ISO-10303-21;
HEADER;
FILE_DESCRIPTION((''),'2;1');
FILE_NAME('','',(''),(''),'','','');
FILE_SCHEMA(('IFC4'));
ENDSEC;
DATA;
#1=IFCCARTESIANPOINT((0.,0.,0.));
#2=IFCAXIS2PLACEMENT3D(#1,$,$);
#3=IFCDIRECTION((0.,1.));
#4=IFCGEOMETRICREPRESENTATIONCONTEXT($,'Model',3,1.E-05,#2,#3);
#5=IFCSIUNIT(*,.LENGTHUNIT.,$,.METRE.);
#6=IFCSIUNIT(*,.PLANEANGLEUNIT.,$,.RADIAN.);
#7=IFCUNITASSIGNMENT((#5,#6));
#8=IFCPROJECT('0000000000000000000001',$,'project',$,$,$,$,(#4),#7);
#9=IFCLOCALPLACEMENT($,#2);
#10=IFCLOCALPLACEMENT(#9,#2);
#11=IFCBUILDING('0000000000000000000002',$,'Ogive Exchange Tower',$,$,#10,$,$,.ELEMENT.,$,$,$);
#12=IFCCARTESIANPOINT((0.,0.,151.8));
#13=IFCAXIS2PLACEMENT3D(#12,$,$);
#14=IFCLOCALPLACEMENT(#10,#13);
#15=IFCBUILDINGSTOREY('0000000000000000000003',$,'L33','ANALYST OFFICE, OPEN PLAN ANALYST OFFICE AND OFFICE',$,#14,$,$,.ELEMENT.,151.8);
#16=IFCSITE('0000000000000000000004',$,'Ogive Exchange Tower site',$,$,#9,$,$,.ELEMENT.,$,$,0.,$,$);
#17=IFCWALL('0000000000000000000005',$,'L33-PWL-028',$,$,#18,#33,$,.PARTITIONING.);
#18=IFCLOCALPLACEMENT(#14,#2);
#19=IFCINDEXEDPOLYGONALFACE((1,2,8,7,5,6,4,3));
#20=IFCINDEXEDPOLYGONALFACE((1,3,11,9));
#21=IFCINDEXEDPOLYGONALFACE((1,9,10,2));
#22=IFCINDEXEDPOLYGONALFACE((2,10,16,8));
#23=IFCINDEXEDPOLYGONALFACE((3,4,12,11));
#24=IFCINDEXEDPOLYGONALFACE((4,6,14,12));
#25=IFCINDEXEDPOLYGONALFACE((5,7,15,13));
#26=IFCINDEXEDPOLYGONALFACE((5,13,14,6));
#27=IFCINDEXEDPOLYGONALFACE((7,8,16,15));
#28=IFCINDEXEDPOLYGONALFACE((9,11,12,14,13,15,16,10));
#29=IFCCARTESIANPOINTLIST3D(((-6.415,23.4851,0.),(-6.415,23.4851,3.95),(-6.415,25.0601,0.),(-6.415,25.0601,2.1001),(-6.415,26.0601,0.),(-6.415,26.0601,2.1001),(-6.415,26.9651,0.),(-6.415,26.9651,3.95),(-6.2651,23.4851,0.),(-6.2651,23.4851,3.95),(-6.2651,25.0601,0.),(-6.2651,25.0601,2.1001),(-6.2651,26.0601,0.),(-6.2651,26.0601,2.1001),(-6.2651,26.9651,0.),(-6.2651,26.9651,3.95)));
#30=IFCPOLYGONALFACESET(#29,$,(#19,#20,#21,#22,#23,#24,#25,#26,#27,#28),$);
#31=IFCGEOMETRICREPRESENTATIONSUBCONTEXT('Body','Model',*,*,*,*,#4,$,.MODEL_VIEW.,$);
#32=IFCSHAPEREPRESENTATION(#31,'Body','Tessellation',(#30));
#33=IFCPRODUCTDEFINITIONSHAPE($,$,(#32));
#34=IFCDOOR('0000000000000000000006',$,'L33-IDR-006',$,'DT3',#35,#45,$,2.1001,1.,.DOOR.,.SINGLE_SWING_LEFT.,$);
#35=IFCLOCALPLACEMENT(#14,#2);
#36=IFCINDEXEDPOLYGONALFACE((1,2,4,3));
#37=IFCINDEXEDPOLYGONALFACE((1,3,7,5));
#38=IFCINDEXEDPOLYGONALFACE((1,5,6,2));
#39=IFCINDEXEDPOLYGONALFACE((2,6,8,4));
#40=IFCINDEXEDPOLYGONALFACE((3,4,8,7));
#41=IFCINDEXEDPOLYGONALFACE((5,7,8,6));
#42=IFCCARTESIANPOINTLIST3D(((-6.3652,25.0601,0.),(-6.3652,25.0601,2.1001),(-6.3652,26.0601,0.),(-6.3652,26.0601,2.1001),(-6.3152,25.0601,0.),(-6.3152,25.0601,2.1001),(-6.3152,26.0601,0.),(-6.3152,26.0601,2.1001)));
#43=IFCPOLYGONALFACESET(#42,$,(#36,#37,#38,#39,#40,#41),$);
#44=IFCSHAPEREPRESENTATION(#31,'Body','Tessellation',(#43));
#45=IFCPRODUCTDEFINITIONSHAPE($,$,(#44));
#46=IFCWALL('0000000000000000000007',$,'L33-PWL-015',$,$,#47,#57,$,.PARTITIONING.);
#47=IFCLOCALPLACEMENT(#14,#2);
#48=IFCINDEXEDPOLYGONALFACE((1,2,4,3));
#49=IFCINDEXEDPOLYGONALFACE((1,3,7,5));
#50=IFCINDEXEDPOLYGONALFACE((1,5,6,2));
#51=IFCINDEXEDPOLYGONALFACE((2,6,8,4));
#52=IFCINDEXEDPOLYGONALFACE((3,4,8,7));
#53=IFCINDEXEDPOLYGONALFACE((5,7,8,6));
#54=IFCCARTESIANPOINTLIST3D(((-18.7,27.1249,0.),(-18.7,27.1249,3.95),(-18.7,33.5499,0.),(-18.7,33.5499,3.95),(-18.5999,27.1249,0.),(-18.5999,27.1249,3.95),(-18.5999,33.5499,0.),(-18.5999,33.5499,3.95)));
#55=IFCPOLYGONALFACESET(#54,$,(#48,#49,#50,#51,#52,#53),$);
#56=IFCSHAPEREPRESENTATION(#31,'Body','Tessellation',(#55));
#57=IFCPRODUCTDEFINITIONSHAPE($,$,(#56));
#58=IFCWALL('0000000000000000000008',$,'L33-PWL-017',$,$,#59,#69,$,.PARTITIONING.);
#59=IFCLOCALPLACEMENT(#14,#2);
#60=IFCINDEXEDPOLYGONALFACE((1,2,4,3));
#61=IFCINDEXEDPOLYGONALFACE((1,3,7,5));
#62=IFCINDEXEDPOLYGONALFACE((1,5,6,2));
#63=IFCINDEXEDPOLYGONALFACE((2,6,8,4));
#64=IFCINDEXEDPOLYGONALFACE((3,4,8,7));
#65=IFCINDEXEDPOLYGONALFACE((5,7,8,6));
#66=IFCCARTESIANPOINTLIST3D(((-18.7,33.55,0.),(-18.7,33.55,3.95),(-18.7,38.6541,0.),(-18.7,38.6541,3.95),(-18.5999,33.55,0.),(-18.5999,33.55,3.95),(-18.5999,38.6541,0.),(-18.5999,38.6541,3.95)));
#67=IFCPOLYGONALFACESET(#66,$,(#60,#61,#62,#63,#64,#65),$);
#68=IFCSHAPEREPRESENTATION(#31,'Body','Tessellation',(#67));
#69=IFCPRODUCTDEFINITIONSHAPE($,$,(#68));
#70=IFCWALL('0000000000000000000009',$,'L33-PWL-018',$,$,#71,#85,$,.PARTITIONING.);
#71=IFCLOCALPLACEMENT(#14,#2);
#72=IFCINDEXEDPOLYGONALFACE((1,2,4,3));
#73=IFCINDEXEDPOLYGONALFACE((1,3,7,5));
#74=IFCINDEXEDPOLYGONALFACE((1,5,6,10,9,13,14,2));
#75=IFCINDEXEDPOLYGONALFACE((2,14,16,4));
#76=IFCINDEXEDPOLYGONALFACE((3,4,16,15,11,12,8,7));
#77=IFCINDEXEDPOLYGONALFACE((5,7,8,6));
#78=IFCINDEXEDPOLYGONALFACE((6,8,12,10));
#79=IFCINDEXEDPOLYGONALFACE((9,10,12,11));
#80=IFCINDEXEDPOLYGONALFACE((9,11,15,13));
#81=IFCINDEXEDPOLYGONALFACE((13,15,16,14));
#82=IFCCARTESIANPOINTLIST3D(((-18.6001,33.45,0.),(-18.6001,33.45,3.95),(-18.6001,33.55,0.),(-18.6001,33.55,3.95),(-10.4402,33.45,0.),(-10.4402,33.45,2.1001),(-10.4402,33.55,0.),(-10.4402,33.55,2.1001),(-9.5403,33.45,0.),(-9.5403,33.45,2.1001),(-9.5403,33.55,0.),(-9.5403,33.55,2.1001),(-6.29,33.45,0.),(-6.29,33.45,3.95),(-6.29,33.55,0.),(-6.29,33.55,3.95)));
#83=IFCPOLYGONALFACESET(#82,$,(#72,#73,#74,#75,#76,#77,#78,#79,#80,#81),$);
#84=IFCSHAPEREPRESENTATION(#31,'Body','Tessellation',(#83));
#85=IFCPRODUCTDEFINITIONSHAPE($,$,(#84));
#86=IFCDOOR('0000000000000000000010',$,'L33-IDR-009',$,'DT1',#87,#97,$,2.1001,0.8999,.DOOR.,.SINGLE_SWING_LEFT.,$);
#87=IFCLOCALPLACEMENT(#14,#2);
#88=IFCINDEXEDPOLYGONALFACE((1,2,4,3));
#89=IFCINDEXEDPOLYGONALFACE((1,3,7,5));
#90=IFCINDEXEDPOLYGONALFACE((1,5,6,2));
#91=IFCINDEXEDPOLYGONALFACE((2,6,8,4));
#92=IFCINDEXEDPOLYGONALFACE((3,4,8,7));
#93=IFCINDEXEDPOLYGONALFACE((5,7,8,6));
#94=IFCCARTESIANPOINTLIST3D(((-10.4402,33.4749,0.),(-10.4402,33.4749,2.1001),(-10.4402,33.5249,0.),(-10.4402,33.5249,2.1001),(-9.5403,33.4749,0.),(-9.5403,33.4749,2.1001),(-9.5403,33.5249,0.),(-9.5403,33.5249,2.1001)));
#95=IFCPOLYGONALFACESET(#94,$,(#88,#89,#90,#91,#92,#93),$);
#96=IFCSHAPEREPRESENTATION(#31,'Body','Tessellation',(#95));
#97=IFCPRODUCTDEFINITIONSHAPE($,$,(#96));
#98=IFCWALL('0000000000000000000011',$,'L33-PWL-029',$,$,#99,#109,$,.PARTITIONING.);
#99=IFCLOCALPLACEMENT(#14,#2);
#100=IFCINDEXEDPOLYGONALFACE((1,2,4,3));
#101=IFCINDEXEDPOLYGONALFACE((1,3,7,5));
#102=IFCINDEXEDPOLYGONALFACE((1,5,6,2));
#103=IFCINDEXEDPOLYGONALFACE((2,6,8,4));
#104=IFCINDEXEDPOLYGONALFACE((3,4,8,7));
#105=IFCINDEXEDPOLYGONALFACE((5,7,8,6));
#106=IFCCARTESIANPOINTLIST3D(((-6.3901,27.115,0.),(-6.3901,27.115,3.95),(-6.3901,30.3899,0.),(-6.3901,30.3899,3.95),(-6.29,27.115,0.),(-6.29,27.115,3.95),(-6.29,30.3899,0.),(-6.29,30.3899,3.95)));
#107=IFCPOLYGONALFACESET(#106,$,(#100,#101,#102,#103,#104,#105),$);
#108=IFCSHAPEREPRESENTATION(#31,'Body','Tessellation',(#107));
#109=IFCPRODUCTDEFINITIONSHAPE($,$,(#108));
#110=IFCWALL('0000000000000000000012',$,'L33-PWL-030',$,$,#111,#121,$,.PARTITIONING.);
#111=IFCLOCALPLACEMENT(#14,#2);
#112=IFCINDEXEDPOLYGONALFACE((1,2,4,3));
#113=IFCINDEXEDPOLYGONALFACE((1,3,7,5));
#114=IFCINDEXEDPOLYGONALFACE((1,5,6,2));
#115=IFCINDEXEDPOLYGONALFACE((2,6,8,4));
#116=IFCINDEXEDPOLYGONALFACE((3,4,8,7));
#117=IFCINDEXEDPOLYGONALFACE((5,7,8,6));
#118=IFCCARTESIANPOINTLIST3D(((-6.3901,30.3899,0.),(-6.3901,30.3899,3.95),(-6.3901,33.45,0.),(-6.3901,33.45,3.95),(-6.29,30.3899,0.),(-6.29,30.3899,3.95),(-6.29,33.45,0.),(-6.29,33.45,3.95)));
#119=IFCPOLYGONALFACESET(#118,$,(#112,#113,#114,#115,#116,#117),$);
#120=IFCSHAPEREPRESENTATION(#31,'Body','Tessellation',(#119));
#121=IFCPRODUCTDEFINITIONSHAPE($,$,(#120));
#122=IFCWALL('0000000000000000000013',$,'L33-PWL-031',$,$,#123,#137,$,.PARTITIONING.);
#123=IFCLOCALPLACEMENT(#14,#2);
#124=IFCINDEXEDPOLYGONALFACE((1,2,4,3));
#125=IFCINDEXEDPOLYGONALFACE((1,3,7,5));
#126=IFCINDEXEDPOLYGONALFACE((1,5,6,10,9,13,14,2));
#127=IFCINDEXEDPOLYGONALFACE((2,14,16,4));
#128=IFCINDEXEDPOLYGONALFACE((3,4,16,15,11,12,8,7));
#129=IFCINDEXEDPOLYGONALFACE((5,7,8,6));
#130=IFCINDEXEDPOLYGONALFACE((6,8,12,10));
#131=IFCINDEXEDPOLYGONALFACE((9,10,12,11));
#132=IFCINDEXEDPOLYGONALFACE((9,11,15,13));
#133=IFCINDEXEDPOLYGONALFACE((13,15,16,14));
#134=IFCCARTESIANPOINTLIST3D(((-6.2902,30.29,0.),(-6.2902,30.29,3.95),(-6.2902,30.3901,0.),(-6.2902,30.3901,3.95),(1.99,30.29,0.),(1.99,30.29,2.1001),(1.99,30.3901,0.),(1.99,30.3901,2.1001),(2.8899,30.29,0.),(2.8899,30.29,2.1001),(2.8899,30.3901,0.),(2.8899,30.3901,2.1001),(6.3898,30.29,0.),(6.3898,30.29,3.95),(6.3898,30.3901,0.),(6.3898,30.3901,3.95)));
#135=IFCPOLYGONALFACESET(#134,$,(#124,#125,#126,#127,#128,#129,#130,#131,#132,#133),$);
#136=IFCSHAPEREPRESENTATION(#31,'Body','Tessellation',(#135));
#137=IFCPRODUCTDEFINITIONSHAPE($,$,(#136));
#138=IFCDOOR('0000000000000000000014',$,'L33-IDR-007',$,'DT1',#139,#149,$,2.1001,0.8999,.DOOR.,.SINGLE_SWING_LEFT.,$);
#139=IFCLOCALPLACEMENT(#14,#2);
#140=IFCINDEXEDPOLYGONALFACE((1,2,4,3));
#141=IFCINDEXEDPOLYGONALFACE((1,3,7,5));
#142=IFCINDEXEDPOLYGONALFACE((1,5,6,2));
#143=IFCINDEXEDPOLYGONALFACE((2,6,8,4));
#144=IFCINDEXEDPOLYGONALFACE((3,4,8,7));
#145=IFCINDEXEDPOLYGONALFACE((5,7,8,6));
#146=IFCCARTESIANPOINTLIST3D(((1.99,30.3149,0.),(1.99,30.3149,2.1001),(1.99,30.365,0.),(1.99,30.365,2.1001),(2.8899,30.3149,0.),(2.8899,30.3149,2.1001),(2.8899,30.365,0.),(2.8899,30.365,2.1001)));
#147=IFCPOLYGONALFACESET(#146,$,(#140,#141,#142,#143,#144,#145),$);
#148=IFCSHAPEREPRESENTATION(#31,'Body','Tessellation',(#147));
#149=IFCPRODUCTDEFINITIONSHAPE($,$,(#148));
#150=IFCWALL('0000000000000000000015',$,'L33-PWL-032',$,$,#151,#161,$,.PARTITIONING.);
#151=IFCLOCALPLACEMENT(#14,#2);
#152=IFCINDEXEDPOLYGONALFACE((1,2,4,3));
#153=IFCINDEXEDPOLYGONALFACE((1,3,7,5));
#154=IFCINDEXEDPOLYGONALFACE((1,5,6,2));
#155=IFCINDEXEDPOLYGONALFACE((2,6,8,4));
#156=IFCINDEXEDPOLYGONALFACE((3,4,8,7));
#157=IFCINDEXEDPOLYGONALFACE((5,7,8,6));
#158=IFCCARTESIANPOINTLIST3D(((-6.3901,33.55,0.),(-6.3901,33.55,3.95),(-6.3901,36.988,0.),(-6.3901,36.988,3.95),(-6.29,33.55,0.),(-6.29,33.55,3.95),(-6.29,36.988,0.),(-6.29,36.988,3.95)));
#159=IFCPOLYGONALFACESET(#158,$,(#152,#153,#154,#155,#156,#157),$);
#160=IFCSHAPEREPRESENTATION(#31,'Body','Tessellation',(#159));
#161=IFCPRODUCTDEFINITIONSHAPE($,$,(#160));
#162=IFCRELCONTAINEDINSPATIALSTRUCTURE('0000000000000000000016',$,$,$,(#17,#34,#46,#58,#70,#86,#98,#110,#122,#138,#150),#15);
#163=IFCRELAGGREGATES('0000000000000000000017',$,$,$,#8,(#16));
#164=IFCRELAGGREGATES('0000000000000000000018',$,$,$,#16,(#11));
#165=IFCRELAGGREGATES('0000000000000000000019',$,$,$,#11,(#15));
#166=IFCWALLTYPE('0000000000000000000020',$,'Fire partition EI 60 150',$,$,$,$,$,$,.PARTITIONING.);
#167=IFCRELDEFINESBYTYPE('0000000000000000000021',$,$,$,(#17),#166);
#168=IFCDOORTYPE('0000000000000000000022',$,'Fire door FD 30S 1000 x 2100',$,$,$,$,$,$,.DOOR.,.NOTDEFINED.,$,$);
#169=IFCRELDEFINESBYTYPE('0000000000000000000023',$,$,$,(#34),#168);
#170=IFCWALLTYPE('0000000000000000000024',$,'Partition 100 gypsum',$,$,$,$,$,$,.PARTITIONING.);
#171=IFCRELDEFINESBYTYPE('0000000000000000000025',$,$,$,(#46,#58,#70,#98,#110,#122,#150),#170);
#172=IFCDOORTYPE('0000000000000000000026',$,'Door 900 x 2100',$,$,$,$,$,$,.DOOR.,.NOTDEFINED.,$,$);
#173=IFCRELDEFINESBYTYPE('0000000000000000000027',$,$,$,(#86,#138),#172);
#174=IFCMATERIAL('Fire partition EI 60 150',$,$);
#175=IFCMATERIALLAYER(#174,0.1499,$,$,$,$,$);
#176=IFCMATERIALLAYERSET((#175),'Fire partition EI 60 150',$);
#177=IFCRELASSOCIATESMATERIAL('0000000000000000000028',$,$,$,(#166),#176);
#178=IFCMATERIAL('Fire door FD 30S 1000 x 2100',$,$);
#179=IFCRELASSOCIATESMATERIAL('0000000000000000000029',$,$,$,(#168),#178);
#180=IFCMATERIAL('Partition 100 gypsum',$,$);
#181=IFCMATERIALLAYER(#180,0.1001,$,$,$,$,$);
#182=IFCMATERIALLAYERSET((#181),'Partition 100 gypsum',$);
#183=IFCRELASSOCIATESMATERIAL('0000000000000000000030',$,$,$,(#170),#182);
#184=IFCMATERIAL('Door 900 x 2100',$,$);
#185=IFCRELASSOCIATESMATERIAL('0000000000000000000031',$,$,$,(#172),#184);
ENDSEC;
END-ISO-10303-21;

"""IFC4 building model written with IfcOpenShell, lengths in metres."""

from ifc_helpers import new_model, si_unit, direction, frame, frame_2d, origin, place, context, subcontext, project, spatial, rectangle, extrude, material, layer, layer_set, type_object, element, fill, save


model = new_model("IFC4")

# Units and contexts
model_context = context("Model", 3, precision=1e-05, world=origin(), true_north=direction((0.0, 1.0)))
body_context = subcontext(model_context, "Body", "Model", "MODEL_VIEW")
ifc_project = project(units=[si_unit("LENGTHUNIT", "METRE"), si_unit("PLANEANGLEUNIT", "RADIAN")], contexts=[model_context])

# Site, building, storey
site_placement = place(None, origin())
site = spatial("IfcSite", under=ifc_project, at=site_placement, Name="Ogive Exchange Tower site", CompositionType="ELEMENT", RefElevation=0.0)
building_placement = place(site_placement, origin())
building = spatial("IfcBuilding", under=site, at=building_placement, Name="Ogive Exchange Tower", CompositionType="ELEMENT")
storey_placement = place(building_placement, frame((0.0, 0.0, 151.8)))
storey = spatial("IfcBuildingStorey", under=building, at=storey_placement, Name="L33", Description="ANALYST OFFICE, OPEN PLAN ANALYST OFFICE AND OFFICE", CompositionType="ELEMENT", Elevation=151.8)

# Shared definitions
ifc_material_1 = material(Name="Fire partition EI 60 150")
ifc_layer_1 = layer(ifc_material_1, 0.1499)
ifc_layer_set_1 = layer_set([ifc_layer_1], Name="Fire partition EI 60 150")
wall_type_1 = type_object("IfcWallType", Name="Fire partition EI 60 150", PredefinedType="PARTITIONING", material=ifc_layer_set_1)
ifc_material_2 = material(Name="Fire door FD 30S 1000 x 2100")
door_type_1 = type_object("IfcDoorType", Name="Fire door FD 30S 1000 x 2100", OperationType="NOTDEFINED", PredefinedType="DOOR", material=ifc_material_2)

# Wall, opening, door
wall_1_placement = place(storey_placement, frame((-6.3401, 26.9651, 0.0), z_axis=(0.0, 0.0, 1.0), x_axis=(0.0, -1.0, 0.0)))
wall_1 = element("IfcWall", 1, at=wall_1_placement, inside=storey, type_object=wall_type_1, Name="L33-PWL-028", PredefinedType="PARTITIONING", context=body_context, shape_type="SweptSolid", body=[
    extrude(rectangle(XDim=3.48, YDim=0.1499, at=frame_2d((1.74, 0.0))), origin(), (0.0, 0.0, 1.0), 3.95),
])
opening_1_placement = place(wall_1_placement, frame((0.905, 0.0, 0.0)))
opening_1 = element("IfcOpeningElement", 2, at=opening_1_placement, cuts=wall_1, PredefinedType="OPENING", context=body_context, shape_type="SweptSolid", body=[
    extrude(rectangle(XDim=1.0, YDim=2.1001, at=frame_2d((0.5, 1.05))), frame((0.0, 0.085, 0.0), z_axis=(0.0, -1.0, 0.0), x_axis=(1.0, 0.0, 0.0)), (0.0, 0.0, 1.0), 0.1699),
])
door_1_placement = place(opening_1_placement, origin())
door_1 = element("IfcDoor", 3, at=door_1_placement, inside=storey, type_object=door_type_1, Name="L33-IDR-006", ObjectType="DT3", OperationType="SINGLE_SWING_LEFT", OverallHeight=2.1001, OverallWidth=1.0, PredefinedType="DOOR", context=body_context, shape_type="SweptSolid", body=[
    extrude(rectangle(XDim=1.0, YDim=2.1001, at=frame_2d((0.5, 1.05))), frame((0.0, 0.0249, 0.0), z_axis=(0.0, -1.0, 0.0), x_axis=(1.0, 0.0, 0.0)), (0.0, 0.0, 1.0), 0.05),
])
fill(opening_1, door_1)

# Walls
ifc_material_3 = material(Name="Partition 100 gypsum")
ifc_layer_2 = layer(ifc_material_3, 0.1001)
ifc_layer_set_2 = layer_set([ifc_layer_2], Name="Partition 100 gypsum")
wall_type_2 = type_object("IfcWallType", Name="Partition 100 gypsum", PredefinedType="PARTITIONING", material=ifc_layer_set_2)
wall_2_placement = place(storey_placement, frame((-18.6499, 27.125, 0.0), z_axis=(0.0, 0.0, 1.0), x_axis=(0.0, 1.0, 0.0)))
element("IfcWall", 4, at=wall_2_placement, inside=storey, type_object=wall_type_2, Name="L33-PWL-015", PredefinedType="PARTITIONING", context=body_context, shape_type="SweptSolid", body=[
    extrude(rectangle(XDim=6.425, YDim=0.1001, at=frame_2d((3.2124, 0.0))), origin(), (0.0, 0.0, 1.0), 3.95),
])
wall_3_placement = place(storey_placement, frame((-18.6499, 33.55, 0.0), z_axis=(0.0, 0.0, 1.0), x_axis=(0.0, 1.0, 0.0)))
element("IfcWall", 5, at=wall_3_placement, inside=storey, type_object=wall_type_2, Name="L33-PWL-017", PredefinedType="PARTITIONING", context=body_context, shape_type="SweptSolid", body=[
    extrude(rectangle(XDim=5.104, YDim=0.1001, at=frame_2d((2.552, 0.0))), origin(), (0.0, 0.0, 1.0), 3.95),
])

# Wall, opening, door
wall_4_placement = place(storey_placement, frame((-18.6001, 33.5, 0.0), z_axis=(0.0, 0.0, 1.0), x_axis=(1.0, 0.0, 0.0)))
wall_4 = element("IfcWall", 6, at=wall_4_placement, inside=storey, type_object=wall_type_2, Name="L33-PWL-018", PredefinedType="PARTITIONING", context=body_context, shape_type="SweptSolid", body=[
    extrude(rectangle(XDim=12.3101, YDim=0.1001, at=frame_2d((6.155, 0.0))), origin(), (0.0, 0.0, 1.0), 3.95),
])
opening_2_placement = place(wall_4_placement, frame((8.1599, 0.0, 0.0)))
opening_2 = element("IfcOpeningElement", 7, at=opening_2_placement, cuts=wall_4, PredefinedType="OPENING", context=body_context, shape_type="SweptSolid", body=[
    extrude(rectangle(XDim=0.8999, YDim=2.1001, at=frame_2d((0.45, 1.05))), frame((0.0, 0.0601, 0.0), z_axis=(0.0, -1.0, 0.0), x_axis=(1.0, 0.0, 0.0)), (0.0, 0.0, 1.0), 0.1201),
])
ifc_material_4 = material(Name="Door 900 x 2100")
door_type_2 = type_object("IfcDoorType", Name="Door 900 x 2100", OperationType="NOTDEFINED", PredefinedType="DOOR", material=ifc_material_4)
door_2_placement = place(opening_2_placement, origin())
door_2 = element("IfcDoor", 8, at=door_2_placement, inside=storey, type_object=door_type_2, Name="L33-IDR-009", ObjectType="DT1", OperationType="SINGLE_SWING_LEFT", OverallHeight=2.1001, OverallWidth=0.8999, PredefinedType="DOOR", context=body_context, shape_type="SweptSolid", body=[
    extrude(rectangle(XDim=0.8999, YDim=2.1001, at=frame_2d((0.45, 1.05))), frame((0.0, 0.0249, 0.0), z_axis=(0.0, -1.0, 0.0), x_axis=(1.0, 0.0, 0.0)), (0.0, 0.0, 1.0), 0.05),
])
fill(opening_2, door_2)

# Walls
wall_5_placement = place(storey_placement, frame((-6.3401, 27.115, 0.0), z_axis=(0.0, 0.0, 1.0), x_axis=(0.0, 1.0, 0.0)))
element("IfcWall", 9, at=wall_5_placement, inside=storey, type_object=wall_type_2, Name="L33-PWL-029", PredefinedType="PARTITIONING", context=body_context, shape_type="SweptSolid", body=[
    extrude(rectangle(XDim=3.2749, YDim=0.1001, at=frame_2d((1.6375, 0.0))), origin(), (0.0, 0.0, 1.0), 3.95),
])
wall_6_placement = place(storey_placement, frame((-6.3401, 30.3899, 0.0), z_axis=(0.0, 0.0, 1.0), x_axis=(0.0, 1.0, 0.0)))
element("IfcWall", 10, at=wall_6_placement, inside=storey, type_object=wall_type_2, Name="L33-PWL-030", PredefinedType="PARTITIONING", context=body_context, shape_type="SweptSolid", body=[
    extrude(rectangle(XDim=3.0601, YDim=0.1001, at=frame_2d((1.53, 0.0))), origin(), (0.0, 0.0, 1.0), 3.95),
])

# Wall, opening, door
wall_7_placement = place(storey_placement, frame((-6.29, 30.3401, 0.0), z_axis=(0.0, 0.0, 1.0), x_axis=(1.0, 0.0, 0.0)))
wall_7 = element("IfcWall", 11, at=wall_7_placement, inside=storey, type_object=wall_type_2, Name="L33-PWL-031", PredefinedType="PARTITIONING", context=body_context, shape_type="SweptSolid", body=[
    extrude(rectangle(XDim=12.6799, YDim=0.1001, at=frame_2d((6.3398, 0.0))), origin(), (0.0, 0.0, 1.0), 3.95),
])
opening_3_placement = place(wall_7_placement, frame((8.28, 0.0, 0.0)))
opening_3 = element("IfcOpeningElement", 12, at=opening_3_placement, cuts=wall_7, PredefinedType="OPENING", context=body_context, shape_type="SweptSolid", body=[
    extrude(rectangle(XDim=0.8999, YDim=2.1001, at=frame_2d((0.45, 1.05))), frame((0.0, 0.0601, 0.0), z_axis=(0.0, -1.0, 0.0), x_axis=(1.0, 0.0, 0.0)), (0.0, 0.0, 1.0), 0.1201),
])
door_3_placement = place(opening_3_placement, origin())
door_3 = element("IfcDoor", 13, at=door_3_placement, inside=storey, type_object=door_type_2, Name="L33-IDR-007", ObjectType="DT1", OperationType="SINGLE_SWING_LEFT", OverallHeight=2.1001, OverallWidth=0.8999, PredefinedType="DOOR", context=body_context, shape_type="SweptSolid", body=[
    extrude(rectangle(XDim=0.8999, YDim=2.1001, at=frame_2d((0.45, 1.05))), frame((0.0, 0.0249, 0.0), z_axis=(0.0, -1.0, 0.0), x_axis=(1.0, 0.0, 0.0)), (0.0, 0.0, 1.0), 0.05),
])
fill(opening_3, door_3)

# Wall
wall_8_placement = place(storey_placement, frame((-6.3401, 33.55, 0.0), z_axis=(0.0, 0.0, 1.0), x_axis=(0.0, 1.0, 0.0)))
element("IfcWall", 14, at=wall_8_placement, inside=storey, type_object=wall_type_2, Name="L33-PWL-032", PredefinedType="PARTITIONING", context=body_context, shape_type="SweptSolid", body=[
    extrude(rectangle(XDim=3.438, YDim=0.1001, at=frame_2d((1.719, 0.0))), origin(), (0.0, 0.0, 1.0), 3.95),
])

save(model, "model.ifc")
